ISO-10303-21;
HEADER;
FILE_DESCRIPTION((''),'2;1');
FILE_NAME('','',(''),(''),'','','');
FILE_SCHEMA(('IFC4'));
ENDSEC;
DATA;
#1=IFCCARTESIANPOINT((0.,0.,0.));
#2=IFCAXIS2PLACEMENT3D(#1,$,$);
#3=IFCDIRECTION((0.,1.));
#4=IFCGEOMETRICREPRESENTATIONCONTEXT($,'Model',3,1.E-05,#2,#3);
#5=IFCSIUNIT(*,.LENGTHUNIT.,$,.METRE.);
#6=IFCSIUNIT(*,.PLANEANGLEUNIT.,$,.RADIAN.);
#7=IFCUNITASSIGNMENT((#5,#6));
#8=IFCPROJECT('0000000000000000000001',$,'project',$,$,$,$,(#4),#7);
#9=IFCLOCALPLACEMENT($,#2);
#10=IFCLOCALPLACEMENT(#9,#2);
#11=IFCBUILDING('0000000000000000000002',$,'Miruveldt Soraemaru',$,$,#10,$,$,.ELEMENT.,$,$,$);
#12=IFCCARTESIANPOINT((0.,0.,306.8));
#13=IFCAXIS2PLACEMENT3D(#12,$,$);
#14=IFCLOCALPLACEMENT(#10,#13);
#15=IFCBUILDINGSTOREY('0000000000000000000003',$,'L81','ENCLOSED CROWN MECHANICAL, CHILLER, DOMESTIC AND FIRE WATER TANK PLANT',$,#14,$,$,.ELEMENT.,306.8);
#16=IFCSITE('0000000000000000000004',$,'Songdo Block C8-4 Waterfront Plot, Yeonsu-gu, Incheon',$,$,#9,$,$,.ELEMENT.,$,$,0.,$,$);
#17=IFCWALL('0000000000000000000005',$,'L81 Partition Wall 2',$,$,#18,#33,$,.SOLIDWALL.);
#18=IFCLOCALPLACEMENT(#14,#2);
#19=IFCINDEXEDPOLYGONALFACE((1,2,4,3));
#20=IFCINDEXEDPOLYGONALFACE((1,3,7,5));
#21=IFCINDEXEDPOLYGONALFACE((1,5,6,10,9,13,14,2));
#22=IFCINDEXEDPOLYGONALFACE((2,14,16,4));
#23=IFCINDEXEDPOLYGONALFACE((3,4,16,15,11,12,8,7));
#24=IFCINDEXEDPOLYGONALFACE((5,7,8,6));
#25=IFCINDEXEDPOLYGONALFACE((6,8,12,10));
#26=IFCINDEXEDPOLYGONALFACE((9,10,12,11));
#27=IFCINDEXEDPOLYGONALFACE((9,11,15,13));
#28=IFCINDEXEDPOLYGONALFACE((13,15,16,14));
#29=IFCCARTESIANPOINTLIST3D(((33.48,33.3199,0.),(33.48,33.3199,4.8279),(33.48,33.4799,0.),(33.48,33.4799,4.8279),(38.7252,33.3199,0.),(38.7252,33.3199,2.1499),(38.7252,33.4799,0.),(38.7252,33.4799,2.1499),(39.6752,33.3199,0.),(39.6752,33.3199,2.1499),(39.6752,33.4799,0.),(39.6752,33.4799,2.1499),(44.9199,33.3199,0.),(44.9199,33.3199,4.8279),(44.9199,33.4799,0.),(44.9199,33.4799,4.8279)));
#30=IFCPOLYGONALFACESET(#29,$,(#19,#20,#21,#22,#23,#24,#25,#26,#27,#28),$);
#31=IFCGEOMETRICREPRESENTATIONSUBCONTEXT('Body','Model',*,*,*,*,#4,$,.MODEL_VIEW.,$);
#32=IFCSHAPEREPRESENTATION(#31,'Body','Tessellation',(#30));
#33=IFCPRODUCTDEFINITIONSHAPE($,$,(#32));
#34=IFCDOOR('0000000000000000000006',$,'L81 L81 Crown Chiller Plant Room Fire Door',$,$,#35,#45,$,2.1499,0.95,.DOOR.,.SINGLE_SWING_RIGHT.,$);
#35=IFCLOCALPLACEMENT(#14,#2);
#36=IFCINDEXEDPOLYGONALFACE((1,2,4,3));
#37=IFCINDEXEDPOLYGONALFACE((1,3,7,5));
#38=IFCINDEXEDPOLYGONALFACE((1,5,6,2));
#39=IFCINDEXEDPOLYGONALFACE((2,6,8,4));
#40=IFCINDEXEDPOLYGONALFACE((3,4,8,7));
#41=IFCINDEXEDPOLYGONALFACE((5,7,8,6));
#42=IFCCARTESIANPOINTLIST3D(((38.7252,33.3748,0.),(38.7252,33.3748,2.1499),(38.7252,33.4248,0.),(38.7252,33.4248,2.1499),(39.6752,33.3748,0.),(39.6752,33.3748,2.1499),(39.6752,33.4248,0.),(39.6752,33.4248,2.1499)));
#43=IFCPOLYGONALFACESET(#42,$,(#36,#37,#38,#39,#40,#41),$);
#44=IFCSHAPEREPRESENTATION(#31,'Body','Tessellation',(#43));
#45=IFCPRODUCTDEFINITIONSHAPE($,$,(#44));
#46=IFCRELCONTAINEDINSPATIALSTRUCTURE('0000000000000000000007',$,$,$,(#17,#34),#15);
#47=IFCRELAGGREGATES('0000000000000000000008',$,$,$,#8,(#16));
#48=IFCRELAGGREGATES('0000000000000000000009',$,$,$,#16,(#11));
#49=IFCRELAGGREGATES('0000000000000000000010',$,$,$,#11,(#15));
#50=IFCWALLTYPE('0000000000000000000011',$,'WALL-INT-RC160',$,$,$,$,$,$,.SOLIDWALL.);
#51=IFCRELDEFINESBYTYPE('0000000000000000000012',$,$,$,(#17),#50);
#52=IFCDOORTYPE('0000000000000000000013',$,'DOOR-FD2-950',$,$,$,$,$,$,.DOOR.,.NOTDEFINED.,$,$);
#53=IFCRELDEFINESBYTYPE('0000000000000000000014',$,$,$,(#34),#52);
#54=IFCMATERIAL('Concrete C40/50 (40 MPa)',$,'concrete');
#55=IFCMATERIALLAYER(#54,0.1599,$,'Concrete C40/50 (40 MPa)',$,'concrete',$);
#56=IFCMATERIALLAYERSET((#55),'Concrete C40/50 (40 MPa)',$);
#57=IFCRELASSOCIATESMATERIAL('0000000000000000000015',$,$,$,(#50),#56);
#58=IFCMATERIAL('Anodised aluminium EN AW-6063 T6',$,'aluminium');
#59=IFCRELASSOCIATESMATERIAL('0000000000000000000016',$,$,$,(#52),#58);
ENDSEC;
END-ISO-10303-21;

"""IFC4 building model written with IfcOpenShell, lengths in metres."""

from ifc_helpers import new_model, si_unit, direction, frame, frame_2d, origin, place, context, subcontext, project, spatial, rectangle, extrude, material, layer, layer_set, type_object, element, fill, save


model = new_model("IFC4")

# Units and contexts
model_context = context("Model", 3, precision=1e-05, world=origin(), true_north=direction((0.0, 1.0)))
body_context = subcontext(model_context, "Body", "Model", "MODEL_VIEW")
ifc_project = project(units=[si_unit("LENGTHUNIT", "METRE"), si_unit("PLANEANGLEUNIT", "RADIAN")], contexts=[model_context])

# Site, building, storey
site_placement = place(None, origin())
site = spatial("IfcSite", under=ifc_project, at=site_placement, Name="Songdo Block C8-4 Waterfront Plot, Yeonsu-gu, Incheon", CompositionType="ELEMENT", RefElevation=0.0)
building_placement = place(site_placement, origin())
building = spatial("IfcBuilding", under=site, at=building_placement, Name="Miruveldt Soraemaru", CompositionType="ELEMENT")
storey_placement = place(building_placement, frame((0.0, 0.0, 306.8)))
storey = spatial("IfcBuildingStorey", under=building, at=storey_placement, Name="L81", Description="ENCLOSED CROWN MECHANICAL, CHILLER, DOMESTIC AND FIRE WATER TANK PLANT", CompositionType="ELEMENT", Elevation=306.8)

# Shared definitions
ifc_material_1 = material(Name="Anodised aluminium EN AW-6063 T6", Category="aluminium")

# Shared definitions
ifc_material_2 = material(Name="Concrete C40/50 (40 MPa)", Category="concrete")

# Wall, opening, door
ifc_layer_1 = layer(ifc_material_2, 0.1599, Name="Concrete C40/50 (40 MPa)", Category="concrete")
ifc_layer_set_1 = layer_set([ifc_layer_1], Name="Concrete C40/50 (40 MPa)")
wall_type_1 = type_object("IfcWallType", Name="WALL-INT-RC160", PredefinedType="SOLIDWALL", material=ifc_layer_set_1)
wall_1_placement = place(storey_placement, frame((33.48, 33.3999, 0.0), z_axis=(0.0, 0.0, 1.0), x_axis=(1.0, 0.0, 0.0)))
wall_1 = element("IfcWall", 1, at=wall_1_placement, inside=storey, type_object=wall_type_1, Name="L81 Partition Wall 2", PredefinedType="SOLIDWALL", context=body_context, shape_type="SweptSolid", body=[
    extrude(rectangle(XDim=11.4399, YDim=0.1599, at=frame_2d((5.72, 0.0))), origin(), (0.0, 0.0, 1.0), 4.8279),
])
opening_placement = place(wall_1_placement, frame((5.2451, 0.0, 0.0)))
opening = element("IfcOpeningElement", 2, at=opening_placement, cuts=wall_1, PredefinedType="OPENING", context=body_context, shape_type="SweptSolid", body=[
    extrude(rectangle(XDim=0.95, YDim=2.1499, at=frame_2d((0.4751, 1.075))), frame((0.0, 0.0898, 0.0), z_axis=(0.0, -1.0, 0.0), x_axis=(1.0, 0.0, 0.0)), (0.0, 0.0, 1.0), 0.1799),
])
door_type = type_object("IfcDoorType", Name="DOOR-FD2-950", OperationType="NOTDEFINED", PredefinedType="DOOR", material=ifc_material_1)
door_placement = place(opening_placement, origin())
door = element("IfcDoor", 3, at=door_placement, inside=storey, type_object=door_type, Name="L81 L81 Crown Chiller Plant Room Fire Door", OperationType="SINGLE_SWING_RIGHT", OverallHeight=2.1499, OverallWidth=0.95, PredefinedType="DOOR", context=body_context, shape_type="SweptSolid", body=[
    extrude(rectangle(XDim=0.95, YDim=2.1499, at=frame_2d((0.4751, 1.075))), frame((0.0, 0.0249, 0.0), z_axis=(0.0, -1.0, 0.0), x_axis=(1.0, 0.0, 0.0)), (0.0, 0.0, 1.0), 0.05),
])
fill(opening, door)

save(model, "model.ifc")
